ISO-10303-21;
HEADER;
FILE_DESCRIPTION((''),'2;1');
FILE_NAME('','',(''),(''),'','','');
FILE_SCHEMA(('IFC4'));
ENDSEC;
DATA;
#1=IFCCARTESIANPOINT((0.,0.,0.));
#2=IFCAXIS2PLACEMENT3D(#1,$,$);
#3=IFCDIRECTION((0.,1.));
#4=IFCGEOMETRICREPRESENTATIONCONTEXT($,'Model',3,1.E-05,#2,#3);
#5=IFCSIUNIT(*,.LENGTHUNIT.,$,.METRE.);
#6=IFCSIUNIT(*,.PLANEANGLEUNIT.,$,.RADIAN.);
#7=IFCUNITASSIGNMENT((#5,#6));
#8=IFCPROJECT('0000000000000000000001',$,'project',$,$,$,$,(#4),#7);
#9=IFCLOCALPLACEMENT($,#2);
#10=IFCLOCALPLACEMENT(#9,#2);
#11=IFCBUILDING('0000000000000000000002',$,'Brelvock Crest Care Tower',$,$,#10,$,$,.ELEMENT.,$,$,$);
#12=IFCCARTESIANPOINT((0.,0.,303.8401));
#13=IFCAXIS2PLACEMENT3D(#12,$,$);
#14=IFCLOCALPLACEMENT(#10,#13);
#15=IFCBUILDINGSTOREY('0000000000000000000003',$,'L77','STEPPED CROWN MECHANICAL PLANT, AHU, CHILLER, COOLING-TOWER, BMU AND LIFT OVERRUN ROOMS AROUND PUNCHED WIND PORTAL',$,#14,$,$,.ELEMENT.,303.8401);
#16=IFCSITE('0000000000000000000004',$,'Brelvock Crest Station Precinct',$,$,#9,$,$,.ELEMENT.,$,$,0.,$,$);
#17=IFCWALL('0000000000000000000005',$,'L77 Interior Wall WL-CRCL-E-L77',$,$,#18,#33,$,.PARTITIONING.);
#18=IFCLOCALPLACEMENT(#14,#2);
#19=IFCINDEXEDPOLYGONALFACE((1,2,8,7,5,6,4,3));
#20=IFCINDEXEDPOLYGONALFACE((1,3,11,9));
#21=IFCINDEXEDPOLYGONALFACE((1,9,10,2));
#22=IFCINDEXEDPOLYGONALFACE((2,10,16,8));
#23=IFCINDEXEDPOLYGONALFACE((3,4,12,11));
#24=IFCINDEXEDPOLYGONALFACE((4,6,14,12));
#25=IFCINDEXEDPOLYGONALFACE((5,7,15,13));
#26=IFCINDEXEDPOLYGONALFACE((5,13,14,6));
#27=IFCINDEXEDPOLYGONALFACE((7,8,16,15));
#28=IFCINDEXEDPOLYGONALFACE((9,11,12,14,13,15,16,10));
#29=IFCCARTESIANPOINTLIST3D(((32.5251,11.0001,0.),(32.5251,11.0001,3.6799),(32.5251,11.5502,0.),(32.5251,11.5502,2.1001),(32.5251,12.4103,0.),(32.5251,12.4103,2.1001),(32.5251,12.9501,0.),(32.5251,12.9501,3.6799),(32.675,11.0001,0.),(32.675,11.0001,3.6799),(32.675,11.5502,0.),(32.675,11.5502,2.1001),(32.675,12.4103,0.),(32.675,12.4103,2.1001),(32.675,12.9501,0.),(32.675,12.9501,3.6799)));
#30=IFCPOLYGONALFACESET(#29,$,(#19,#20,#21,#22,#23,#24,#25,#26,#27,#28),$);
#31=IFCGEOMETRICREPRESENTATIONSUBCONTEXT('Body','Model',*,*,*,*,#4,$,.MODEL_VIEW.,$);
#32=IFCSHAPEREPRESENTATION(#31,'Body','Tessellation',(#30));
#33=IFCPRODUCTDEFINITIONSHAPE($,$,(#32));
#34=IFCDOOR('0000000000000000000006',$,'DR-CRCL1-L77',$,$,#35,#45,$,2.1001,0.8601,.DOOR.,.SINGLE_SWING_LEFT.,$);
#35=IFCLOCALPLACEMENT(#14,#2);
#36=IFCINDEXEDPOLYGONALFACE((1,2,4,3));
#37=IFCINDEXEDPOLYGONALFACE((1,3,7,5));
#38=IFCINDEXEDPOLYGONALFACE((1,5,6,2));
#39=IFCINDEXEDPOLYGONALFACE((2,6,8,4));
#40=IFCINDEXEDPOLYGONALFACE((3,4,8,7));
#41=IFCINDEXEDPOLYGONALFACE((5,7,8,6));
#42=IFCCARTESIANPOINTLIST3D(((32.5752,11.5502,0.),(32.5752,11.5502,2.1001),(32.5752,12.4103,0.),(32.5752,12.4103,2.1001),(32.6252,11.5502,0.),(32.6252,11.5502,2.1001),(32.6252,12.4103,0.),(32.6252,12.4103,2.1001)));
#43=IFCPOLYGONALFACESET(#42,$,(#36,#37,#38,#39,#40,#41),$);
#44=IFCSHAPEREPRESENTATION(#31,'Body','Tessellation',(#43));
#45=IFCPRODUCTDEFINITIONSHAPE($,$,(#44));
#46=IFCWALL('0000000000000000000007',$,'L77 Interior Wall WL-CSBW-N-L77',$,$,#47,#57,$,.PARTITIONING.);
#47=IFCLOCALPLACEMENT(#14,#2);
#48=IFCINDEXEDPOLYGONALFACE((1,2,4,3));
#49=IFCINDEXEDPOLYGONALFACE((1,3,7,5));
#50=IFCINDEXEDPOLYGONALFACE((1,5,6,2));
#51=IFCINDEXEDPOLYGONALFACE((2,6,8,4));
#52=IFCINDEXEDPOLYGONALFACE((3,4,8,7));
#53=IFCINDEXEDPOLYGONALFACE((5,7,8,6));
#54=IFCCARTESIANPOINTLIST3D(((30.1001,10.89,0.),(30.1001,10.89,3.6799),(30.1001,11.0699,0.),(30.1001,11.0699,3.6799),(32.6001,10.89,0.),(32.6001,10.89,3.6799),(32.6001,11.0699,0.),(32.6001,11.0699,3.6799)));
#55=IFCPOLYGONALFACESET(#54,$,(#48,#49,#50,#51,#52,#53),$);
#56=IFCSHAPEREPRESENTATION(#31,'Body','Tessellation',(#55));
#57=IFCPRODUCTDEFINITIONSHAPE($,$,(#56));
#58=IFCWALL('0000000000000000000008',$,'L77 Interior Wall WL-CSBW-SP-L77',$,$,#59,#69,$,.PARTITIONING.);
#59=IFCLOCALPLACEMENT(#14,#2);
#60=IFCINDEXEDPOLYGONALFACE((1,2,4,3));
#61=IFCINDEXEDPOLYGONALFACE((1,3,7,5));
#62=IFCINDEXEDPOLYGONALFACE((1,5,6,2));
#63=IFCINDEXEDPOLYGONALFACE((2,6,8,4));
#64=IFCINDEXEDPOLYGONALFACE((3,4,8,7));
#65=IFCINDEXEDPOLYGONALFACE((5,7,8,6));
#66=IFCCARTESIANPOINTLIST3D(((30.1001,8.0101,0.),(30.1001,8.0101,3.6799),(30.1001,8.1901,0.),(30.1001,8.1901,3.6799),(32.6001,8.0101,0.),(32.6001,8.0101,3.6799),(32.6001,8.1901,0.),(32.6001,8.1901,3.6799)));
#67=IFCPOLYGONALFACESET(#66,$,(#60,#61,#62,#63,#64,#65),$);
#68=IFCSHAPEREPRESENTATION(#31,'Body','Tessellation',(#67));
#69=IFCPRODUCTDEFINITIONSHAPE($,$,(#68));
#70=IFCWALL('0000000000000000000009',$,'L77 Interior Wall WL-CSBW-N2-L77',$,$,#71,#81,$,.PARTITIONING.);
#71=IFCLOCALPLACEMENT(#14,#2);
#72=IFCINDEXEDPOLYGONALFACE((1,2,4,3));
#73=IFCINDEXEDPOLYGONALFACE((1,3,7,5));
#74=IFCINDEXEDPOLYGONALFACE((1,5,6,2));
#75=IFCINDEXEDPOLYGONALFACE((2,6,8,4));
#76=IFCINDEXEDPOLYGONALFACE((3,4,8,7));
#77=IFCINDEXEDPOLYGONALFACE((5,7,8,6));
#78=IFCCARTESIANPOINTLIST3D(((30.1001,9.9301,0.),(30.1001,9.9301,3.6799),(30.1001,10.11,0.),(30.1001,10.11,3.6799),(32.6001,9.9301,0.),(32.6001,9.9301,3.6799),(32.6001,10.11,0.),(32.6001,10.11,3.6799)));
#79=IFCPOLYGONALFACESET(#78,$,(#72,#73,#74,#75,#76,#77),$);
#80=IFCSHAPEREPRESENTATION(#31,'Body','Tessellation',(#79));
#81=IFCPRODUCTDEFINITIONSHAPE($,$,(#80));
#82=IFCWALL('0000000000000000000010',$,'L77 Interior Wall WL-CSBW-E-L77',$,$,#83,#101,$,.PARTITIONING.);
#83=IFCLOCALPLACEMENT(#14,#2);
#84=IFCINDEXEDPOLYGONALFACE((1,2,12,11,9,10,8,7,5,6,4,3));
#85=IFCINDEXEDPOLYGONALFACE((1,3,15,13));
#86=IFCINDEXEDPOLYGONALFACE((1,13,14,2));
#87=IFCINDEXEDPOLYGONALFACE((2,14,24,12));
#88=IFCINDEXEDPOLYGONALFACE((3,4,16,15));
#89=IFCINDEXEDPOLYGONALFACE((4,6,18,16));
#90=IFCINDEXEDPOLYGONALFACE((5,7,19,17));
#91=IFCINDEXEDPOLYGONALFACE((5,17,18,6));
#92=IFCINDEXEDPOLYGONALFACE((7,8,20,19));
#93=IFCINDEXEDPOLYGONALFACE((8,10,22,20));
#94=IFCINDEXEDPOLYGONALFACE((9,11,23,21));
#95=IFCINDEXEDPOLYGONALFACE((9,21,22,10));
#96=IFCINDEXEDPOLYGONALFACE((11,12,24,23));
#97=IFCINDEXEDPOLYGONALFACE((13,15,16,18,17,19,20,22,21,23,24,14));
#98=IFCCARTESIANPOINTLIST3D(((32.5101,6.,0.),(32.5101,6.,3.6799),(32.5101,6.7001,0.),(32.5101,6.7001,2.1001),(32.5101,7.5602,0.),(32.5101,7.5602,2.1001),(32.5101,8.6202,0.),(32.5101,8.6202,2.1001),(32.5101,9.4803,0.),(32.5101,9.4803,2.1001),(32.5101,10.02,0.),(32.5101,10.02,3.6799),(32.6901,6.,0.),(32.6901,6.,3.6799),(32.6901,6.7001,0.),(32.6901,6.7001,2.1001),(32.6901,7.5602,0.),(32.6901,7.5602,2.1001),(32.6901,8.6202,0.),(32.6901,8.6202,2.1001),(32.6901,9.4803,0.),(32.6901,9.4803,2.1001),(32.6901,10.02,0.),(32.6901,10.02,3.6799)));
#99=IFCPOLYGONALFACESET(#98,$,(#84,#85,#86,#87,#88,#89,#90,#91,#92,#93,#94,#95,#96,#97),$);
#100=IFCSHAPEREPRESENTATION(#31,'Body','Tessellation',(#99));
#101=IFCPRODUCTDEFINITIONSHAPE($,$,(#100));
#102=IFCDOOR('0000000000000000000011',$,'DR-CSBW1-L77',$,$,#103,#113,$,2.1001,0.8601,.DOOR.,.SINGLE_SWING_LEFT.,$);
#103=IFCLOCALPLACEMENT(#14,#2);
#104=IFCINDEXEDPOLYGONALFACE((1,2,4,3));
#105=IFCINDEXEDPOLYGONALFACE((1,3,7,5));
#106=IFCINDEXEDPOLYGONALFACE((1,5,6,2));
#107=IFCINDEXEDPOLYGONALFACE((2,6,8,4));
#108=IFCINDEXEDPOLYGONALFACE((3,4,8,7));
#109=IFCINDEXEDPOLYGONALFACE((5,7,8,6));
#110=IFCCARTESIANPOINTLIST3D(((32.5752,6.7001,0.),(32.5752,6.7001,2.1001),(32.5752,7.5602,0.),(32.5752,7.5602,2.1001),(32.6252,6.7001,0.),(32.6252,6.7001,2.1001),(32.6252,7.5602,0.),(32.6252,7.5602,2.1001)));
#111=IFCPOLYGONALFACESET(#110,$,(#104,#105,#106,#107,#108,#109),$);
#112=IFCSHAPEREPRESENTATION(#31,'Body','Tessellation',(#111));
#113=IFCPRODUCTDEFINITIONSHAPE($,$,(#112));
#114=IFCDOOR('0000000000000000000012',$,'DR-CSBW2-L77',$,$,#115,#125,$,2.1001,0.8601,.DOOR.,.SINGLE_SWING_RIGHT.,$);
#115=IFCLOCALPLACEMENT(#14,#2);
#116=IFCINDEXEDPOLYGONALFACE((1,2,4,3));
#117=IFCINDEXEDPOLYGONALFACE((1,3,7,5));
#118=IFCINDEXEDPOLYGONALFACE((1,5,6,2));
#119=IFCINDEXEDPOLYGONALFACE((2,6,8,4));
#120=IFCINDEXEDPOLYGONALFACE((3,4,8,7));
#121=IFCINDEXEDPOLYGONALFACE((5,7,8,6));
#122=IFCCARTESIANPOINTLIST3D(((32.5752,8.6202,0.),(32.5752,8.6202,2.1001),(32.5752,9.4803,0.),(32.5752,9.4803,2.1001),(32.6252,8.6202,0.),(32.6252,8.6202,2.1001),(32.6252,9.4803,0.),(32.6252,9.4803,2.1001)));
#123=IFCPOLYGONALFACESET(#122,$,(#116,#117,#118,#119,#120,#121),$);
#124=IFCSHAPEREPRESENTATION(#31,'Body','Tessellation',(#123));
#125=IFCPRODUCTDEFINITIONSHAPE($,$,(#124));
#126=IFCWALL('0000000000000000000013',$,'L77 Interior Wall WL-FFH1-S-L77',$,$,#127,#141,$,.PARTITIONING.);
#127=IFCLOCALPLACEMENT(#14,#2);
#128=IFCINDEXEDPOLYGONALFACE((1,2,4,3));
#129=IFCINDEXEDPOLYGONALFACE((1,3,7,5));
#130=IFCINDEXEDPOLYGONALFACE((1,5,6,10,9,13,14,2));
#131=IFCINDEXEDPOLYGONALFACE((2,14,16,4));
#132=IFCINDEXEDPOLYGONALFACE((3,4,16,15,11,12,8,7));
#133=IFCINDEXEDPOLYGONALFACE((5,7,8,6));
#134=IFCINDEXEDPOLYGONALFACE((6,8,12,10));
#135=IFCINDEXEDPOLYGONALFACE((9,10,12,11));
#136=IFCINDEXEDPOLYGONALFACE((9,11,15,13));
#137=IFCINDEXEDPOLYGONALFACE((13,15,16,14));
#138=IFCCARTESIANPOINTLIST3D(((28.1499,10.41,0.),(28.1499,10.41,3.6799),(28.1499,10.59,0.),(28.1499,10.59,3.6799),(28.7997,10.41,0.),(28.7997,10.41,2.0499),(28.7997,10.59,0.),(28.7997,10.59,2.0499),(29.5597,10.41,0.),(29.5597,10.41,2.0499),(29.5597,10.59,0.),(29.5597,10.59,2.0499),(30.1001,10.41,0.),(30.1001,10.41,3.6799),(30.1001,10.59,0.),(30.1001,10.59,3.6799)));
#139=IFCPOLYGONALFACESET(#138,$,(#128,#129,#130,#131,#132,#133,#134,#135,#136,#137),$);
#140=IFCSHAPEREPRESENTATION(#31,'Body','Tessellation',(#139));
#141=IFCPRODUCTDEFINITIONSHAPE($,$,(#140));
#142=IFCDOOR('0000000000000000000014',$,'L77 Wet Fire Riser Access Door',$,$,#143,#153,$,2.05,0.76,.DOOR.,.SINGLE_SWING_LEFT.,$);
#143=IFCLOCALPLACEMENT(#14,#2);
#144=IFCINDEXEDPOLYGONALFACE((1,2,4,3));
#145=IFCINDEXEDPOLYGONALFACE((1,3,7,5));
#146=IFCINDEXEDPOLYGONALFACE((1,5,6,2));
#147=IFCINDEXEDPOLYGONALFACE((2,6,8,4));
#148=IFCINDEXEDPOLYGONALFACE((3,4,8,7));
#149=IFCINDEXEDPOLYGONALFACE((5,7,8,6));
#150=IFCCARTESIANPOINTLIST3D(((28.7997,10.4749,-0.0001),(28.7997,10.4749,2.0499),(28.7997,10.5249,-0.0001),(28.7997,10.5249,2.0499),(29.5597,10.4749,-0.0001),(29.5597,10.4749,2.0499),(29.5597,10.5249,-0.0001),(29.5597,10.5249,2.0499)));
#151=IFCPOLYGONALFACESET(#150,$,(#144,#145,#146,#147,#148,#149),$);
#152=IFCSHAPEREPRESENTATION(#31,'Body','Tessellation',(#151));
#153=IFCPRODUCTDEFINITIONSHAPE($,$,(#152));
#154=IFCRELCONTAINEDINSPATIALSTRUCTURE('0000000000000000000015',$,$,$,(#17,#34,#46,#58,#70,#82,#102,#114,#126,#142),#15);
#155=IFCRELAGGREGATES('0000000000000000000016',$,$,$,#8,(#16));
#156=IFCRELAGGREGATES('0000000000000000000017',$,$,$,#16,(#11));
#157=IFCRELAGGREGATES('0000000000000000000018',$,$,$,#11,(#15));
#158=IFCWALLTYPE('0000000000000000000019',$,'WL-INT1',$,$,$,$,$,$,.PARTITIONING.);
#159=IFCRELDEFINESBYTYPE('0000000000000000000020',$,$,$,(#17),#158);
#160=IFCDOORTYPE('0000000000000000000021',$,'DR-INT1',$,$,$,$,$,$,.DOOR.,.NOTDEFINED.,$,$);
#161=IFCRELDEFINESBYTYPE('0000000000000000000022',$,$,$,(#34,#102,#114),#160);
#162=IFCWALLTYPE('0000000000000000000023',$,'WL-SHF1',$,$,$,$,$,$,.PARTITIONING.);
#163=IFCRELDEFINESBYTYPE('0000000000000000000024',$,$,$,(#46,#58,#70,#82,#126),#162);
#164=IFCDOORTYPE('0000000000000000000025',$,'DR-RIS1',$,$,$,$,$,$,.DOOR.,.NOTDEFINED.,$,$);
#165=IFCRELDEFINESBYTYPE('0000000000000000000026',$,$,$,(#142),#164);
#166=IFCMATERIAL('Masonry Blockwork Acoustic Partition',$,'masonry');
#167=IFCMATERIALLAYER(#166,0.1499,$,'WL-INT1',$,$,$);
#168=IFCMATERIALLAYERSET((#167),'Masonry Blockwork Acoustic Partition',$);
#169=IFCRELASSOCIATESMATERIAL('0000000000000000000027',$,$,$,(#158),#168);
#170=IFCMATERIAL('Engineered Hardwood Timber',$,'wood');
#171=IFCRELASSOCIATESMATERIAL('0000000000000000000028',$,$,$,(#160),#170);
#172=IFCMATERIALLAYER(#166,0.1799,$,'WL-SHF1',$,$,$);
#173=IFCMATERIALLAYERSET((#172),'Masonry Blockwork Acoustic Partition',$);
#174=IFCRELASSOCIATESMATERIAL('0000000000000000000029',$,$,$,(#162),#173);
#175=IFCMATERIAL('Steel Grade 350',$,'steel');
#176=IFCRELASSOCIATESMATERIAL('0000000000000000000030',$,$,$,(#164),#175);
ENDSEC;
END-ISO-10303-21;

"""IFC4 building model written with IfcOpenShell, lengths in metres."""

from ifc_helpers import new_model, si_unit, direction, frame, frame_2d, origin, origin_2d, place, context, subcontext, project, spatial, rectangle, extrude, source, transform, mapped, material, layer, layer_set, type_object, element, fill, save


model = new_model("IFC4")

# Units and contexts
model_context = context("Model", 3, precision=1e-05, world=origin(), true_north=direction((0.0, 1.0)))
body_context = subcontext(model_context, "Body", "Model", "MODEL_VIEW")
ifc_project = project(units=[si_unit("LENGTHUNIT", "METRE"), si_unit("PLANEANGLEUNIT", "RADIAN")], contexts=[model_context])

# Site, building, storey
site_placement = place(None, origin())
site = spatial("IfcSite", under=ifc_project, at=site_placement, Name="Brelvock Crest Station Precinct", CompositionType="ELEMENT", RefElevation=0.0)
building_placement = place(site_placement, origin())
building = spatial("IfcBuilding", under=site, at=building_placement, Name="Brelvock Crest Care Tower", CompositionType="ELEMENT")
storey_placement = place(building_placement, frame((0.0, 0.0, 303.8401)))
storey = spatial("IfcBuildingStorey", under=building, at=storey_placement, Name="L77", Description="STEPPED CROWN MECHANICAL PLANT, AHU, CHILLER, COOLING-TOWER, BMU AND LIFT OVERRUN ROOMS AROUND PUNCHED WIND PORTAL", CompositionType="ELEMENT", Elevation=303.8401)

# Shared definitions
ifc_material_1 = material(Name="Steel Grade 350", Category="steel")

# Wall, opening, door
ifc_material_2 = material(Name="Masonry Blockwork Acoustic Partition", Category="masonry")
ifc_layer_1 = layer(ifc_material_2, 0.1499, Name="WL-INT1")
ifc_layer_set_1 = layer_set([ifc_layer_1], Name="Masonry Blockwork Acoustic Partition")
wall_type_1 = type_object("IfcWallType", Name="WL-INT1", PredefinedType="PARTITIONING", material=ifc_layer_set_1)
wall_1_placement = place(storey_placement, frame((32.6001, 11.0, 0.0), z_axis=(0.0, 0.0, 1.0), x_axis=(0.0, 1.0, 0.0)))
wall_1 = element("IfcWall", 1, at=wall_1_placement, inside=storey, type_object=wall_type_1, Name="L77 Interior Wall WL-CRCL-E-L77", PredefinedType="PARTITIONING", context=body_context, shape_type="SweptSolid", body=[
    extrude(rectangle(XDim=1.95, YDim=0.1499, at=frame_2d((0.9751, 0.0))), origin(), (0.0, 0.0, 1.0), 3.6799),
])
opening_1_placement = place(wall_1_placement, frame((0.55, 0.0, 0.0)))
opening_1 = element("IfcOpeningElement", 2, at=opening_1_placement, cuts=wall_1, PredefinedType="OPENING", context=body_context, shape_type="SweptSolid", body=[
    extrude(rectangle(XDim=0.8601, YDim=2.1001, at=origin_2d()), frame((0.4302, 0.085, 1.05), z_axis=(0.0, -1.0, 0.0), x_axis=(1.0, 0.0, 0.0)), (0.0, 0.0, 1.0), 0.1699),
])
ifc_material_3 = material(Name="Engineered Hardwood Timber", Category="wood")
door_type_1 = type_object("IfcDoorType", Name="DR-INT1", OperationType="NOTDEFINED", PredefinedType="DOOR", material=ifc_material_3)
shared_shape_1 = source(origin(), body_context, "Body", "SweptSolid", [
    extrude(rectangle(XDim=0.8601, YDim=2.1001, at=origin_2d()), frame((0.4302, 0.0249, 1.05), z_axis=(0.0, -1.0, 0.0), x_axis=(1.0, 0.0, 0.0)), (0.0, 0.0, 1.0), 0.05),
])
door_1_placement = place(opening_1_placement, origin())
door_1 = element("IfcDoor", 3, at=door_1_placement, inside=storey, type_object=door_type_1, Name="DR-CRCL1-L77", OperationType="SINGLE_SWING_LEFT", OverallHeight=2.1001, OverallWidth=0.8601, PredefinedType="DOOR", context=body_context, shape_type="MappedRepresentation", body=[
    mapped(shared_shape_1, transform((0.0, 0.0, 0.0), x_axis=(1.0, 0.0, 0.0), y_axis=(0.0, 1.0, 0.0), z_axis=(0.0, 0.0, 1.0), scale=1.0)),
])
fill(opening_1, door_1)

# Walls
ifc_layer_2 = layer(ifc_material_2, 0.1799, Name="WL-SHF1")
ifc_layer_set_2 = layer_set([ifc_layer_2], Name="Masonry Blockwork Acoustic Partition")
wall_type_2 = type_object("IfcWallType", Name="WL-SHF1", PredefinedType="PARTITIONING", material=ifc_layer_set_2)
for number, where, z_axis, x_axis, name in (
    (4, (30.1001, 10.98, 0.0), (0.0, 0.0, 1.0), (1.0, 0.0, 0.0), "L77 Interior Wall WL-CSBW-N-L77"),
    (5, (30.1001, 8.1001, 0.0), (0.0, 0.0, 1.0), (1.0, 0.0, 0.0), "L77 Interior Wall WL-CSBW-SP-L77"),
    (6, (30.1001, 10.02, 0.0), (0.0, 0.0, 1.0), (1.0, 0.0, 0.0), "L77 Interior Wall WL-CSBW-N2-L77"),
):
    element("IfcWall", number, at=place(storey_placement, frame(where, z_axis=z_axis, x_axis=x_axis)), inside=storey, type_object=wall_type_2, Name=name, PredefinedType="PARTITIONING", context=body_context, shape_type="SweptSolid", body=[
        extrude(rectangle(XDim=2.5, YDim=0.1799, at=frame_2d((1.25, 0.0))), origin(), (0.0, 0.0, 1.0), 3.6799),
    ])

# Wall, openings, doors
wall_2_placement = place(storey_placement, frame((32.6001, 6.0, 0.0), z_axis=(0.0, 0.0, 1.0), x_axis=(0.0, 1.0, 0.0)))
wall_2 = element("IfcWall", 7, at=wall_2_placement, inside=storey, type_object=wall_type_2, Name="L77 Interior Wall WL-CSBW-E-L77", PredefinedType="PARTITIONING", context=body_context, shape_type="SweptSolid", body=[
    extrude(rectangle(XDim=4.02, YDim=0.1799, at=frame_2d((2.01, 0.0))), origin(), (0.0, 0.0, 1.0), 3.6799),
])
opening_2_placement = place(wall_2_placement, frame((0.7, 0.0, 0.0)))
opening_2 = element("IfcOpeningElement", 8, at=opening_2_placement, cuts=wall_2, PredefinedType="OPENING", context=body_context, shape_type="SweptSolid", body=[
    extrude(rectangle(XDim=0.8601, YDim=2.1001, at=origin_2d()), frame((0.4302, 0.1001, 1.05), z_axis=(0.0, -1.0, 0.0), x_axis=(1.0, 0.0, 0.0)), (0.0, 0.0, 1.0), 0.2),
])
opening_3_placement = place(wall_2_placement, frame((2.6201, 0.0, 0.0)))
opening_3 = element("IfcOpeningElement", 9, at=opening_3_placement, cuts=wall_2, PredefinedType="OPENING", context=body_context, shape_type="SweptSolid", body=[
    extrude(rectangle(XDim=0.8601, YDim=2.1001, at=origin_2d()), frame((0.4302, 0.1001, 1.05), z_axis=(0.0, -1.0, 0.0), x_axis=(1.0, 0.0, 0.0)), (0.0, 0.0, 1.0), 0.2),
])
door_2_placement = place(opening_2_placement, origin())
door_2 = element("IfcDoor", 10, at=door_2_placement, inside=storey, type_object=door_type_1, Name="DR-CSBW1-L77", OperationType="SINGLE_SWING_LEFT", OverallHeight=2.1001, OverallWidth=0.8601, PredefinedType="DOOR", context=body_context, shape_type="MappedRepresentation", body=[
    mapped(shared_shape_1, transform((0.0, 0.0, 0.0), x_axis=(1.0, 0.0, 0.0), y_axis=(0.0, 1.0, 0.0), z_axis=(0.0, 0.0, 1.0), scale=1.0)),
])
fill(opening_2, door_2)
door_3_placement = place(opening_3_placement, origin())
door_3 = element("IfcDoor", 11, at=door_3_placement, inside=storey, type_object=door_type_1, Name="DR-CSBW2-L77", OperationType="SINGLE_SWING_RIGHT", OverallHeight=2.1001, OverallWidth=0.8601, PredefinedType="DOOR", context=body_context, shape_type="MappedRepresentation", body=[
    mapped(shared_shape_1, transform((0.0, 0.0, 0.0), x_axis=(1.0, 0.0, 0.0), y_axis=(0.0, 1.0, 0.0), z_axis=(0.0, 0.0, 1.0), scale=1.0)),
])
fill(opening_3, door_3)

# Wall, opening, door
wall_3_placement = place(storey_placement, frame((28.1499, 10.5, 0.0), z_axis=(0.0, 0.0, 1.0), x_axis=(1.0, 0.0, 0.0)))
wall_3 = element("IfcWall", 12, at=wall_3_placement, inside=storey, type_object=wall_type_2, Name="L77 Interior Wall WL-FFH1-S-L77", PredefinedType="PARTITIONING", context=body_context, shape_type="SweptSolid", body=[
    extrude(rectangle(XDim=1.9502, YDim=0.1799, at=frame_2d((0.9751, 0.0))), origin(), (0.0, 0.0, 1.0), 3.6799),
])
opening_4_placement = place(wall_3_placement, frame((0.6499, 0.0, 0.0)))
opening_4 = element("IfcOpeningElement", 13, at=opening_4_placement, cuts=wall_3, PredefinedType="OPENING", context=body_context, shape_type="SweptSolid", body=[
    extrude(rectangle(XDim=0.76, YDim=2.05, at=origin_2d()), frame((0.3799, 0.1001, 1.0249), z_axis=(0.0, -1.0, 0.0), x_axis=(1.0, 0.0, 0.0)), (0.0, 0.0, 1.0), 0.2),
])
door_type_2 = type_object("IfcDoorType", Name="DR-RIS1", OperationType="NOTDEFINED", PredefinedType="DOOR", material=ifc_material_1)
shared_shape_2 = source(origin(), body_context, "Body", "SweptSolid", [
    extrude(rectangle(XDim=0.76, YDim=2.05, at=origin_2d()), frame((0.3799, 0.0249, 1.0249), z_axis=(0.0, -1.0, 0.0), x_axis=(1.0, 0.0, 0.0)), (0.0, 0.0, 1.0), 0.05),
])
door_4_placement = place(opening_4_placement, origin())
door_4 = element("IfcDoor", 14, at=door_4_placement, inside=storey, type_object=door_type_2, Name="L77 Wet Fire Riser Access Door", OperationType="SINGLE_SWING_LEFT", OverallHeight=2.05, OverallWidth=0.76, PredefinedType="DOOR", context=body_context, shape_type="MappedRepresentation", body=[
    mapped(shared_shape_2, transform((0.0, 0.0, 0.0), x_axis=(1.0, 0.0, 0.0), y_axis=(0.0, 1.0, 0.0), z_axis=(0.0, 0.0, 1.0), scale=1.0)),
])
fill(opening_4, door_4)

save(model, "model.ifc")
